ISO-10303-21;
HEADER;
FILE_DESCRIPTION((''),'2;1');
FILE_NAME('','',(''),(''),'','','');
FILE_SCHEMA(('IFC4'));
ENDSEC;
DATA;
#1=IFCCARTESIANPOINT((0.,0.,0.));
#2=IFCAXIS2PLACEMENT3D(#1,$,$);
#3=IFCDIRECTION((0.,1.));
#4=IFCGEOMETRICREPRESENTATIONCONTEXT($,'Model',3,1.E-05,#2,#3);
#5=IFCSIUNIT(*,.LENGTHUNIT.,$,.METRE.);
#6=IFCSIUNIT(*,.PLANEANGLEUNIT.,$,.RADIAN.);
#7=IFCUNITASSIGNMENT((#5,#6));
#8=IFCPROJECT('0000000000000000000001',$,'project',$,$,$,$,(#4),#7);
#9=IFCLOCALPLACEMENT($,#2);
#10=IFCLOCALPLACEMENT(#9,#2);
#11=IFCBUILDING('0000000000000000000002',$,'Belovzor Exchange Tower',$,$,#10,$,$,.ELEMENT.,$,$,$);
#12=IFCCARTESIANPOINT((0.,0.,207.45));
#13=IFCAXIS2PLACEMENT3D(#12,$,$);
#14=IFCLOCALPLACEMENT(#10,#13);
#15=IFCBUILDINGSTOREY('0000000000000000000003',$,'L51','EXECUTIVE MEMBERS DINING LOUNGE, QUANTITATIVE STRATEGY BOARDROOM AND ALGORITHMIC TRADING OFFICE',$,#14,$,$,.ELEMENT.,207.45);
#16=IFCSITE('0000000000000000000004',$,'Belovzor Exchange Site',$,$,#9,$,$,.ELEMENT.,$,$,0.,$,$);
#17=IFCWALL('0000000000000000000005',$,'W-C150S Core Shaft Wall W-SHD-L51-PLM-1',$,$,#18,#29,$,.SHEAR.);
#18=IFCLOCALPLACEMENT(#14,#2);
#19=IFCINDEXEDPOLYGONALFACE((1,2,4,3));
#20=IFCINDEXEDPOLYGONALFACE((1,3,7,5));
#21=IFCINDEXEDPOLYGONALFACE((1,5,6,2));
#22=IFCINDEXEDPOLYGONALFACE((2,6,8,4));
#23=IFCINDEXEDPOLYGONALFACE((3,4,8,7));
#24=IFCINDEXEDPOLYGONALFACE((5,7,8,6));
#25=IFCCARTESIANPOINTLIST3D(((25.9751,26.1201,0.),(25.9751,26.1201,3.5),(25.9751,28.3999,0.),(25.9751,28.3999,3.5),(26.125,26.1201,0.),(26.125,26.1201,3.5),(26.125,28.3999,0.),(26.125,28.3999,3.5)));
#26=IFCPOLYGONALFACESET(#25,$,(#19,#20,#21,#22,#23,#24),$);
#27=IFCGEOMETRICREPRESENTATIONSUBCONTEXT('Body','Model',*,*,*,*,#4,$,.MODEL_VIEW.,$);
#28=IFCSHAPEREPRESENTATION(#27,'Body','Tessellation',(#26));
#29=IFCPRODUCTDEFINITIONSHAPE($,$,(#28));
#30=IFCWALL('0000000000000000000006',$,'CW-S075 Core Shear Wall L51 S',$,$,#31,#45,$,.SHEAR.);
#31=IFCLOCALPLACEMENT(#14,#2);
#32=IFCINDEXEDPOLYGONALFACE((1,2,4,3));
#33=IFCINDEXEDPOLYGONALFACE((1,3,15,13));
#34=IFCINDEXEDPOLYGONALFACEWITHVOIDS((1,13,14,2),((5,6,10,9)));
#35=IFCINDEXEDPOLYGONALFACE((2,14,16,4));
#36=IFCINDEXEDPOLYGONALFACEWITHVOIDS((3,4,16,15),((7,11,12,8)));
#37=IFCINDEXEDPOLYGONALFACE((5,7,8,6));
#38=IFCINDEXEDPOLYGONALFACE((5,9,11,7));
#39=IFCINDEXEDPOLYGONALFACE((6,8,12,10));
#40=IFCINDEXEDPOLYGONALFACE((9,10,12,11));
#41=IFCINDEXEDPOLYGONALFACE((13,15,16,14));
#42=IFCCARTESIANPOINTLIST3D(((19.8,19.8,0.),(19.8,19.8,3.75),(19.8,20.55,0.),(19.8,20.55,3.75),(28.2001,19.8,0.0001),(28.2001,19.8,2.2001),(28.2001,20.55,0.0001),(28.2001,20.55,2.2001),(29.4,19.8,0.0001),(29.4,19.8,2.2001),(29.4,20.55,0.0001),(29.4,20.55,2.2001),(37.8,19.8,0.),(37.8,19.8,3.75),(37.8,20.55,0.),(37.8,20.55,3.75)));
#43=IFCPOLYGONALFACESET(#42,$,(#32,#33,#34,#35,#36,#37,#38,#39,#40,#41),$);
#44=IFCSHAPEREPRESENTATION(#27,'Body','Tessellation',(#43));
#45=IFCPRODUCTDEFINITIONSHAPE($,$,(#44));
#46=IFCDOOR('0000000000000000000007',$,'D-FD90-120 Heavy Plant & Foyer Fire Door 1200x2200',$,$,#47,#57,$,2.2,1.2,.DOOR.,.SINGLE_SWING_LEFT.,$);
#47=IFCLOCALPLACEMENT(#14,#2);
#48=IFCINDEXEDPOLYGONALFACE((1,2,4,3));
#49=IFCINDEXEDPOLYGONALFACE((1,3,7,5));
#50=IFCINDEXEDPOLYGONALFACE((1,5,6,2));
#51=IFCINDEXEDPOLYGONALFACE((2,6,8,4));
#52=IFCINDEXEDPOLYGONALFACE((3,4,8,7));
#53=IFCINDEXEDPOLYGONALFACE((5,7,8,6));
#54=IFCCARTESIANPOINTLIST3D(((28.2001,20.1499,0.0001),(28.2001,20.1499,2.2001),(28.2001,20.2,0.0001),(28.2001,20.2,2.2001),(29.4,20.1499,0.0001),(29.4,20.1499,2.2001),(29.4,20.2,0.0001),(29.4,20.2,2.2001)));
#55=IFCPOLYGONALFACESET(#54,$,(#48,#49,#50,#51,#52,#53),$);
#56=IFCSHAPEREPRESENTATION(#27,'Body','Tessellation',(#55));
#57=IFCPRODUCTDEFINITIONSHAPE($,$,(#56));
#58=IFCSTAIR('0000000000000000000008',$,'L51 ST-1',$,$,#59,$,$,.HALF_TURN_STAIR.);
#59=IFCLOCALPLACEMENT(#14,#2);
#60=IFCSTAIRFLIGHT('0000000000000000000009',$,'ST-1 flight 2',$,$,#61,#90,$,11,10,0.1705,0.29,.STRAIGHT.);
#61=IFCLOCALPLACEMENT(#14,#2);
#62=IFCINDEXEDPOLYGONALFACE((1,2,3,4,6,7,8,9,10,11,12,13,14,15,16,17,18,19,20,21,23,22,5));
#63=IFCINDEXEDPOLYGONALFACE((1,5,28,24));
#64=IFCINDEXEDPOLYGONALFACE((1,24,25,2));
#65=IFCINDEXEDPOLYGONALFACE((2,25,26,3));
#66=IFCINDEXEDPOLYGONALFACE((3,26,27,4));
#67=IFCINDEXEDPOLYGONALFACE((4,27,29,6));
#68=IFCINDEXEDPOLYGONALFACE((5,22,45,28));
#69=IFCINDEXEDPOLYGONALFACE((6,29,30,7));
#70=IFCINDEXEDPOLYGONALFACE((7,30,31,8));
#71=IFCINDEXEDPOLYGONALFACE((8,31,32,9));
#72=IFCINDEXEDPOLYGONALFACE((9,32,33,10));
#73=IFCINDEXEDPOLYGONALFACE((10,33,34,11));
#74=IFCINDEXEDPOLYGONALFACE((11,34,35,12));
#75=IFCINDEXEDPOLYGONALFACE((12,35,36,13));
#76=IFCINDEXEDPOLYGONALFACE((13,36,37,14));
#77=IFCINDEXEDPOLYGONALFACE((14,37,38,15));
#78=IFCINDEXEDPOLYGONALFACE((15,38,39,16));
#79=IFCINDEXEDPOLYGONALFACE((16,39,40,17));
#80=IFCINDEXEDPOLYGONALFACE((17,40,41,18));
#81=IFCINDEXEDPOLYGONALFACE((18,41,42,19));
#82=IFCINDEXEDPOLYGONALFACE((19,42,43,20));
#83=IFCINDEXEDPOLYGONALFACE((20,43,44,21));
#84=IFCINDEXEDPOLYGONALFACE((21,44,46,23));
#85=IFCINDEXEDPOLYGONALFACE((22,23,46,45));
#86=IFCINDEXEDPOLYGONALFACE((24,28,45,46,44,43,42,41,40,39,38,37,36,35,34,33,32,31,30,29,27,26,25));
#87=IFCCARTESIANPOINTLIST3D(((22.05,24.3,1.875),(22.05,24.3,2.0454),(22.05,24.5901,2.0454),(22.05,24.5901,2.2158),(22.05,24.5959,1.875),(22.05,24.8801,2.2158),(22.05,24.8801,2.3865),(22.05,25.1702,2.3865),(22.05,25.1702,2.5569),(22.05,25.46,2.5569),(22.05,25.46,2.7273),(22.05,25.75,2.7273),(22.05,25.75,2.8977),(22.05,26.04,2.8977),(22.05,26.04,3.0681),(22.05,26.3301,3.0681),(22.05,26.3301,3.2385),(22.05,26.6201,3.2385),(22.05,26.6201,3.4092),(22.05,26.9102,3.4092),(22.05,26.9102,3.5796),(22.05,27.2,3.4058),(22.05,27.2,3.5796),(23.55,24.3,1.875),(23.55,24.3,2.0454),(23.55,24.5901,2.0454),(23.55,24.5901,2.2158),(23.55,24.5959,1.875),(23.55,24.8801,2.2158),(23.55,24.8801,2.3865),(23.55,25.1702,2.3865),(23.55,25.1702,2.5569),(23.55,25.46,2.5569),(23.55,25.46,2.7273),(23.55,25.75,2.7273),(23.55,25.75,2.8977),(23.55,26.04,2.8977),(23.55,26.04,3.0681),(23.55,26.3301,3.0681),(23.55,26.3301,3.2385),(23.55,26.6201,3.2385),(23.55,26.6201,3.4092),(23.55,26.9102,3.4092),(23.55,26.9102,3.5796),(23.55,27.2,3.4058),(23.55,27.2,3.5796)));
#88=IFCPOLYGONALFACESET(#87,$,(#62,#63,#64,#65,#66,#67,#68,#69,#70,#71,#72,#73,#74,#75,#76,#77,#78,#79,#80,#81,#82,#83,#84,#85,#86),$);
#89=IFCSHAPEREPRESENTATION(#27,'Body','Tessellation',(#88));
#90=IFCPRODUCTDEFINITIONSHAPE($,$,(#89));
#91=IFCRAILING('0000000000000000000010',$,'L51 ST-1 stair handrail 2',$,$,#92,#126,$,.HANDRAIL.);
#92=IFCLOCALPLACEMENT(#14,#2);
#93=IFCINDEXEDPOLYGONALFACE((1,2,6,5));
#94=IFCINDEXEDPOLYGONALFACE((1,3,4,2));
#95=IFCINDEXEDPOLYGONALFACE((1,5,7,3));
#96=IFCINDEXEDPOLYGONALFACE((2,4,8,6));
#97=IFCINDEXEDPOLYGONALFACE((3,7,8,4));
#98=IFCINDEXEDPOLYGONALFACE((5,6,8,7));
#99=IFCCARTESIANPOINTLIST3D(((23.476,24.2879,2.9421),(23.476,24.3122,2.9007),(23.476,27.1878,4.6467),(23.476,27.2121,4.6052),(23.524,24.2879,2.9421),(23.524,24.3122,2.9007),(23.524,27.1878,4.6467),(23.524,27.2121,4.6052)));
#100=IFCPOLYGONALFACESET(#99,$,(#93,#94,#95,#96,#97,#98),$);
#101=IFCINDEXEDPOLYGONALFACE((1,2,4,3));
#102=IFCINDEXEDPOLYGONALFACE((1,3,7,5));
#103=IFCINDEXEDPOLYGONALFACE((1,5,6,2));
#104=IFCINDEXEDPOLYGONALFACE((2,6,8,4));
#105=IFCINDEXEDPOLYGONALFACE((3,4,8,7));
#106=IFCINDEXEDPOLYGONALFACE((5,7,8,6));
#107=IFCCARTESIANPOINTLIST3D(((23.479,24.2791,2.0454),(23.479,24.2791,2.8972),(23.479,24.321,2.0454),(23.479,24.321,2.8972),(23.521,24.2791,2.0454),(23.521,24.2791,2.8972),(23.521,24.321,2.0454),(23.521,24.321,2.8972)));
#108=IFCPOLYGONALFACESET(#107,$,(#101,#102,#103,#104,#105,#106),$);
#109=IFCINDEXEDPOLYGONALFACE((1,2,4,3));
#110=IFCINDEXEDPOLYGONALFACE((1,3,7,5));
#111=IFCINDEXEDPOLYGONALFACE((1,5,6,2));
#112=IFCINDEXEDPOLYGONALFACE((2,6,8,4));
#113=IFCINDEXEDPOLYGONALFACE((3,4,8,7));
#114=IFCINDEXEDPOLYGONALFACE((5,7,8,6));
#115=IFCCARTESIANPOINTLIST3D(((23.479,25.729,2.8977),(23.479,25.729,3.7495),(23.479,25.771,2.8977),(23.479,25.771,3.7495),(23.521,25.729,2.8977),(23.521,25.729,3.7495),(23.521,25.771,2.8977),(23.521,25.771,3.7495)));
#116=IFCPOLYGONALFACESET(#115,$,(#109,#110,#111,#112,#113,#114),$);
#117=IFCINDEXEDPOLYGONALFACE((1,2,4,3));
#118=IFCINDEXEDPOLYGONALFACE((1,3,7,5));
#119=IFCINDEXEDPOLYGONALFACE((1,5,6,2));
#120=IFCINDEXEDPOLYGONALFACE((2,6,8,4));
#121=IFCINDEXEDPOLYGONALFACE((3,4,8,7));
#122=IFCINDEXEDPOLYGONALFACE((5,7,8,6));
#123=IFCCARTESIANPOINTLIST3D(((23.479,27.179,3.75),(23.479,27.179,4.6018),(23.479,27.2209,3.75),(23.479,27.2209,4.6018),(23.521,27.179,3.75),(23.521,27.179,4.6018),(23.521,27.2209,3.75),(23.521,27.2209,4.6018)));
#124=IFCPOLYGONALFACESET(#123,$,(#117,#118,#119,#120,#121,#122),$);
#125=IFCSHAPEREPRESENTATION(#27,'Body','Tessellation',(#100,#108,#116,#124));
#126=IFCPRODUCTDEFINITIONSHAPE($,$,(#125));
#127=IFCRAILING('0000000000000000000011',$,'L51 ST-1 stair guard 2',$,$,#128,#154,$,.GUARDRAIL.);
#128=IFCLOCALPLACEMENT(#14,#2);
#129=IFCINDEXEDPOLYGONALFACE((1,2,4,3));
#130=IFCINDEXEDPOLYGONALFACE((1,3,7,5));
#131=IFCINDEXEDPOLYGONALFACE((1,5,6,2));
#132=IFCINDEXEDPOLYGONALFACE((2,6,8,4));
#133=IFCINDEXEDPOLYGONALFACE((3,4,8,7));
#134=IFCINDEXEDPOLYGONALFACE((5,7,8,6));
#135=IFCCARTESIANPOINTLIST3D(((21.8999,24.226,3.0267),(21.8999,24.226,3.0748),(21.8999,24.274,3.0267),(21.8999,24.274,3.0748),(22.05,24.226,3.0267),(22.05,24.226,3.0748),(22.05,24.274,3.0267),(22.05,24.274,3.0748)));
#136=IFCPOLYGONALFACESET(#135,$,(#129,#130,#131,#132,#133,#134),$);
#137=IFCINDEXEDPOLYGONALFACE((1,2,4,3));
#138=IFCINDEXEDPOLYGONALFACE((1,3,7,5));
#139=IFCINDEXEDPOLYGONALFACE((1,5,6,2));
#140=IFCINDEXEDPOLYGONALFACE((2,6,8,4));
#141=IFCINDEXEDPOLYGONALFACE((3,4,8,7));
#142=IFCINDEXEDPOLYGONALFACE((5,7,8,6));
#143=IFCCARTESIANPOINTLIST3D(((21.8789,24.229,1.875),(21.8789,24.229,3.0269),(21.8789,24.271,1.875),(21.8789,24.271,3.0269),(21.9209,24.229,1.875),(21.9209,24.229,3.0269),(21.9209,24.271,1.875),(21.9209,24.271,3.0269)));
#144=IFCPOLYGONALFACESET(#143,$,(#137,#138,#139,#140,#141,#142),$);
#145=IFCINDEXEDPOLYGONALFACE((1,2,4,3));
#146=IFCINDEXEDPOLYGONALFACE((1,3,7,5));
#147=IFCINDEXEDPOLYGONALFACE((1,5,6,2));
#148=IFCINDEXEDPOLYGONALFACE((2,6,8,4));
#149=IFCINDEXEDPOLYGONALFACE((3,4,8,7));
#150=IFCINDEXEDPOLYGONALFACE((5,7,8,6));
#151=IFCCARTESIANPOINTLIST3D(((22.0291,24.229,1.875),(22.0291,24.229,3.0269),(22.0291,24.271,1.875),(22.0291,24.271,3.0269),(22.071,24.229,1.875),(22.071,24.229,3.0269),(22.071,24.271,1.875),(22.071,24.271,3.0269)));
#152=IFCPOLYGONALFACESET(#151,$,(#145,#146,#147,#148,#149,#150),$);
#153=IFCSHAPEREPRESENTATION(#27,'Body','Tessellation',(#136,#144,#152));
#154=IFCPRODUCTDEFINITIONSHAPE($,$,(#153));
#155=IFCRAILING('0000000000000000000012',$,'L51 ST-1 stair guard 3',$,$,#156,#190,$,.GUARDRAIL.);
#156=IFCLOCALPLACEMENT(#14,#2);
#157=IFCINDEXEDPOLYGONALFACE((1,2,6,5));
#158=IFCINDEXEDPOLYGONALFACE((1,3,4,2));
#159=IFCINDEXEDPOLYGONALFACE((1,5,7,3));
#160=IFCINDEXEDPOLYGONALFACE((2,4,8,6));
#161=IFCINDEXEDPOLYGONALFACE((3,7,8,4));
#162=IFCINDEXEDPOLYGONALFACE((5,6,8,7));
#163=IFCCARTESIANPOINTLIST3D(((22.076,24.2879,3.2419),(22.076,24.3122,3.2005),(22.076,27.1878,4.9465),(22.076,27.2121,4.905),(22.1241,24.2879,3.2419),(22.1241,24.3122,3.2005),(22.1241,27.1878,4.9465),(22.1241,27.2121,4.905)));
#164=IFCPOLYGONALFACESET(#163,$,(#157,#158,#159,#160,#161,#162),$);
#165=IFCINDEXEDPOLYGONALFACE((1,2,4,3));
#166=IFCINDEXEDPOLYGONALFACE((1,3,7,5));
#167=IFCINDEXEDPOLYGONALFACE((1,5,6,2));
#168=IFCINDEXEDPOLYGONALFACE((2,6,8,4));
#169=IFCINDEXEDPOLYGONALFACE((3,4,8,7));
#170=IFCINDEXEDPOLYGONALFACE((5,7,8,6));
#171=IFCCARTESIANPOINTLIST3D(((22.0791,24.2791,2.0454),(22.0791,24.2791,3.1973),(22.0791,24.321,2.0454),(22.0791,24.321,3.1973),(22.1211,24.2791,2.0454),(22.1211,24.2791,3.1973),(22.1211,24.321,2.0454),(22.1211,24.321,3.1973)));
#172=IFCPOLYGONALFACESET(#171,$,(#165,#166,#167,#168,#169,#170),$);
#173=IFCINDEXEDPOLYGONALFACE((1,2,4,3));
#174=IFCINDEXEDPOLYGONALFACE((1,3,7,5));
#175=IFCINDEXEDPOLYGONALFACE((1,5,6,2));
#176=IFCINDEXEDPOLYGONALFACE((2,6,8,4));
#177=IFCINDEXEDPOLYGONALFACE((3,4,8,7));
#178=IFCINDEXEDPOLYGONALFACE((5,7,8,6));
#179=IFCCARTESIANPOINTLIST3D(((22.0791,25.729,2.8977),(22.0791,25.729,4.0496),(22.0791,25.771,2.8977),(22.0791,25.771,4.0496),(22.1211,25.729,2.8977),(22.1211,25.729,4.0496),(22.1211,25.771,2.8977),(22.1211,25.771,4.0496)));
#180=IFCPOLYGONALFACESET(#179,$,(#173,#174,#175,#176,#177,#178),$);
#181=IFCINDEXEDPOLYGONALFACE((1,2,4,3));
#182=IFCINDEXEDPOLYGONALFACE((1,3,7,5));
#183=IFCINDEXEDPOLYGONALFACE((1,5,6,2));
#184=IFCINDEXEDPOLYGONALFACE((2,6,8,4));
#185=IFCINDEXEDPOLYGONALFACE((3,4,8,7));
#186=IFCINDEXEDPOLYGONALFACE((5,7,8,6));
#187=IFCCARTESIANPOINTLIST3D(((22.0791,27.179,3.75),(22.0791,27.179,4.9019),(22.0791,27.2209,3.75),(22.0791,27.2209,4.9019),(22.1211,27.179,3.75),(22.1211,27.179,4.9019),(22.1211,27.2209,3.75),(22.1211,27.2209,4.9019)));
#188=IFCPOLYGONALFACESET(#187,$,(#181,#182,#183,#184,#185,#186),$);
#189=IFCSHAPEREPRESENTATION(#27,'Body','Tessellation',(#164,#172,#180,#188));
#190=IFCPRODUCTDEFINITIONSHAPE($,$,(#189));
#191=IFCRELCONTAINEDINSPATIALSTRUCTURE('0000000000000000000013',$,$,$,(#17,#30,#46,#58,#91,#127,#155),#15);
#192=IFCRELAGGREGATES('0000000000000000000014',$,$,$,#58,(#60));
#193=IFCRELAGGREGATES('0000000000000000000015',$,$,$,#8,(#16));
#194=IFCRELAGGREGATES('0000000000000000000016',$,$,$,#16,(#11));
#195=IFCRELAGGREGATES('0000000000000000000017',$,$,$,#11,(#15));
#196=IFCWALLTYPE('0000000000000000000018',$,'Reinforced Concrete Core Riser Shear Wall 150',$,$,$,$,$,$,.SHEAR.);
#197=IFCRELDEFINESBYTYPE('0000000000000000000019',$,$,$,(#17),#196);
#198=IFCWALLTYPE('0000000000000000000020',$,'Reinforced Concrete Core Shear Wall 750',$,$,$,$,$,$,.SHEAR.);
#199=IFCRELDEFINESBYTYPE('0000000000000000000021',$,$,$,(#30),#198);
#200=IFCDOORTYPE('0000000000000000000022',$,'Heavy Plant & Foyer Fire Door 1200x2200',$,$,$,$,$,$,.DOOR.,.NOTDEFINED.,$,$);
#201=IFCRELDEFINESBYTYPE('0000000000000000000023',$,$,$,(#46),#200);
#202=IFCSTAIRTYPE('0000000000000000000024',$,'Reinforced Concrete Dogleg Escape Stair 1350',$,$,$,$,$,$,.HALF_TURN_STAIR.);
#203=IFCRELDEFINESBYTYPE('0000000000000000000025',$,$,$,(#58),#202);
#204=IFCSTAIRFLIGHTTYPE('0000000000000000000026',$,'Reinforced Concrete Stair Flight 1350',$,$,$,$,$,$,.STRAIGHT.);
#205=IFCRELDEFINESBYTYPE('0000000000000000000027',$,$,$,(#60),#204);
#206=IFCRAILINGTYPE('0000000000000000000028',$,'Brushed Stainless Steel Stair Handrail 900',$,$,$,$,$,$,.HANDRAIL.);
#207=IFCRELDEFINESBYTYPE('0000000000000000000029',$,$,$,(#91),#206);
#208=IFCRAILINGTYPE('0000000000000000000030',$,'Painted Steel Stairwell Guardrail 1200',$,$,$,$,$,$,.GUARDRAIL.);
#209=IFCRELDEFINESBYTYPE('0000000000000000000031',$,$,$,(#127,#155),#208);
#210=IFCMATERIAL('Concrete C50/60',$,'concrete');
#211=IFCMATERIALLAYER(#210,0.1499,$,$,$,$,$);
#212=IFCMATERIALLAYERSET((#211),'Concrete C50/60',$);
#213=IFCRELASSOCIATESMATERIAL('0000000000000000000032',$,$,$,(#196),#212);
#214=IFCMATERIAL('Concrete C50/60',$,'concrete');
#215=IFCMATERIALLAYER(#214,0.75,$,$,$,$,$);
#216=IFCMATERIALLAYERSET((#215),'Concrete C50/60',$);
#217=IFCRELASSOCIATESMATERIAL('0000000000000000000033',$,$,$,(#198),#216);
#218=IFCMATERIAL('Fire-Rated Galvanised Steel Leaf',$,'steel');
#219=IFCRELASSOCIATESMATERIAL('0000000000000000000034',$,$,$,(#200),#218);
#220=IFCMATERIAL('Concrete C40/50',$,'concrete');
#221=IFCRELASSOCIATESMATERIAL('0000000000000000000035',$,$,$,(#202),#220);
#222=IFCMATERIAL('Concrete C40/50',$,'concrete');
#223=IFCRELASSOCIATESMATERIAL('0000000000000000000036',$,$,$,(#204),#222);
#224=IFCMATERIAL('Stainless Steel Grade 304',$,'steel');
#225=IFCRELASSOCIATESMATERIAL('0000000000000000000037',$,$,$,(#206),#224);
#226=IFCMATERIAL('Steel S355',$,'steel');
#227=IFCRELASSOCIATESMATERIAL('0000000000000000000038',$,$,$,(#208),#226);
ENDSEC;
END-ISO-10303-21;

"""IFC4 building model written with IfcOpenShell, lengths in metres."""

from ifc_helpers import new_model, si_unit, direction, frame, frame_2d, origin, origin_2d, place, context, subcontext, project, spatial, polyline, rectangle, outline, extrude, material, layer, layer_set, type_object, element, fill, aggregate, save


model = new_model("IFC4")

# Units and contexts
model_context = context("Model", 3, precision=1e-05, world=origin(), true_north=direction((0.0, 1.0)))
body_context = subcontext(model_context, "Body", "Model", "MODEL_VIEW")
ifc_project = project(units=[si_unit("LENGTHUNIT", "METRE"), si_unit("PLANEANGLEUNIT", "RADIAN")], contexts=[model_context])

# Site, building, storey
site_placement = place(None, origin())
site = spatial("IfcSite", under=ifc_project, at=site_placement, Name="Belovzor Exchange Site", CompositionType="ELEMENT", RefElevation=0.0)
building_placement = place(site_placement, origin())
building = spatial("IfcBuilding", under=site, at=building_placement, Name="Belovzor Exchange Tower", CompositionType="ELEMENT")
storey_placement = place(building_placement, frame((0.0, 0.0, 207.45)))
storey = spatial("IfcBuildingStorey", under=building, at=storey_placement, Name="L51", Description="EXECUTIVE MEMBERS DINING LOUNGE, QUANTITATIVE STRATEGY BOARDROOM AND ALGORITHMIC TRADING OFFICE", CompositionType="ELEMENT", Elevation=207.45)

# Wall
ifc_material_1 = material(Name="Concrete C50/60", Category="concrete")
ifc_layer_1 = layer(ifc_material_1, 0.1499)
ifc_layer_set_1 = layer_set([ifc_layer_1], Name="Concrete C50/60")
wall_type_1 = type_object("IfcWallType", Name="Reinforced Concrete Core Riser Shear Wall 150", PredefinedType="SHEAR", material=ifc_layer_set_1)
wall_1_placement = place(storey_placement, frame((26.05, 26.1201, 0.0), z_axis=(0.0, 0.0, 1.0), x_axis=(0.0, 1.0, 0.0)))
element("IfcWall", 1, at=wall_1_placement, inside=storey, type_object=wall_type_1, Name="W-C150S Core Shaft Wall W-SHD-L51-PLM-1", PredefinedType="SHEAR", context=body_context, shape_type="SweptSolid", body=[
    extrude(rectangle(XDim=2.2798, YDim=0.1499, at=frame_2d((1.1399, 0.0))), origin(), (0.0, 0.0, 1.0), 3.5),
])

# Wall, opening, door
ifc_material_2 = material(Name="Concrete C50/60", Category="concrete")
ifc_layer_2 = layer(ifc_material_2, 0.75)
ifc_layer_set_2 = layer_set([ifc_layer_2], Name="Concrete C50/60")
wall_type_2 = type_object("IfcWallType", Name="Reinforced Concrete Core Shear Wall 750", PredefinedType="SHEAR", material=ifc_layer_set_2)
wall_2_placement = place(storey_placement, frame((19.8, 20.175, 0.0), z_axis=(0.0, 0.0, 1.0), x_axis=(1.0, 0.0, 0.0)))
wall_2 = element("IfcWall", 2, at=wall_2_placement, inside=storey, type_object=wall_type_2, Name="CW-S075 Core Shear Wall L51 S", PredefinedType="SHEAR", context=body_context, shape_type="SweptSolid", body=[
    extrude(rectangle(XDim=18.0, YDim=0.75, at=frame_2d((9.0, 0.0))), origin(), (0.0, 0.0, 1.0), 3.75),
])
opening_1_placement = place(wall_2_placement, frame((8.3999, 0.0, 0.0)))
opening_1 = element("IfcOpeningElement", 3, at=opening_1_placement, cuts=wall_2, PredefinedType="OPENING", context=body_context, shape_type="SweptSolid", body=[
    extrude(rectangle(XDim=1.2, YDim=2.2, at=frame_2d((0.6001, 1.1001))), frame((0.0, 0.385, 0.0), z_axis=(0.0, -1.0, 0.0), x_axis=(1.0, 0.0, 0.0)), (0.0, 0.0, 1.0), 0.77),
])
ifc_material_3 = material(Name="Fire-Rated Galvanised Steel Leaf", Category="steel")
door_type_1 = type_object("IfcDoorType", Name="Heavy Plant & Foyer Fire Door 1200x2200", OperationType="NOTDEFINED", PredefinedType="DOOR", material=ifc_material_3)
door_1_placement = place(opening_1_placement, origin())
door_1 = element("IfcDoor", 4, at=door_1_placement, inside=storey, type_object=door_type_1, Name="D-FD90-120 Heavy Plant & Foyer Fire Door 1200x2200", OperationType="SINGLE_SWING_LEFT", OverallHeight=2.2, OverallWidth=1.2, PredefinedType="DOOR", context=body_context, shape_type="SweptSolid", body=[
    extrude(rectangle(XDim=1.2, YDim=2.2, at=frame_2d((0.6001, 1.1001))), frame((0.0, 0.0249, 0.0), z_axis=(0.0, -1.0, 0.0), x_axis=(1.0, 0.0, 0.0)), (0.0, 0.0, 1.0), 0.05),
])
fill(opening_1, door_1)

# Stair, stair flight
ifc_material_4 = material(Name="Concrete C40/50", Category="concrete")
stair_type = type_object("IfcStairType", Name="Reinforced Concrete Dogleg Escape Stair 1350", PredefinedType="HALF_TURN_STAIR", material=ifc_material_4)
stair_placement = place(storey_placement, origin())
stair = element("IfcStair", 5, at=stair_placement, inside=storey, type_object=stair_type, Name="L51 ST-1", PredefinedType="HALF_TURN_STAIR")
ifc_material_5 = material(Name="Concrete C40/50", Category="concrete")
stair_flight_type = type_object("IfcStairFlightType", Name="Reinforced Concrete Stair Flight 1350", PredefinedType="STRAIGHT", material=ifc_material_5)
stair_flight_placement = place(storey_placement, frame((22.8, 24.3, 1.875), z_axis=(0.0, 0.0, 1.0), x_axis=(0.0, 1.0, 0.0)))
stair_flight = element("IfcStairFlight", 6, at=stair_flight_placement, type_object=stair_flight_type, Name="ST-1 flight 2", NumberOfRisers=11, NumberOfTreads=10, PredefinedType="STRAIGHT", RiserHeight=0.1705, TreadLength=0.29, context=body_context, shape_type="SweptSolid", body=[
    extrude(outline(polyline([(0.0, 0.0), (0.0, 0.1704), (0.29, 0.1704), (0.29, 0.3408), (0.5801, 0.3408), (0.5801, 0.5115), (0.8701, 0.5115), (0.8701, 0.6819), (1.1599, 0.6819), (1.1599, 0.8523), (1.45, 0.8523), (1.45, 1.0227), (1.74, 1.0227), (1.74, 1.1931), (2.03, 1.1931), (2.03, 1.3635), (2.3201, 1.3635), (2.3201, 1.5342), (2.6101, 1.5342), (2.6101, 1.7046), (2.8999, 1.7046), (2.8999, 1.875), (2.8999, 1.5308), (0.2959, 0.0), (0.0, 0.0)])), frame((0.0, 0.75, 0.0), z_axis=(0.0, -1.0, 0.0), x_axis=(1.0, 0.0, 0.0)), (0.0, 0.0, 1.0), 1.5),
])
aggregate(stair, [stair_flight])

# Railings
ifc_material_6 = material(Name="Stainless Steel Grade 304", Category="steel")
railing_type_1 = type_object("IfcRailingType", Name="Brushed Stainless Steel Stair Handrail 900", PredefinedType="HANDRAIL", material=ifc_material_6)
railing_1_placement = place(storey_placement, frame((23.5, 24.3, 2.0454)))
element("IfcRailing", 7, at=railing_1_placement, inside=storey, type_object=railing_type_1, Name="L51 ST-1 stair handrail 2", PredefinedType="HANDRAIL", context=body_context, shape_type="SweptSolid", body=[
    extrude(rectangle(XDim=0.0481, YDim=0.0481, at=origin_2d()), frame((0.0, 0.0, 0.876), z_axis=(0.0, 0.862095, 0.506747), x_axis=(-1.0, 0.0, 0.0)), (0.0, 0.0, 1.0), 3.3638),
    extrude(rectangle(XDim=0.042, YDim=0.042, at=origin_2d()), origin(), (0.0, 0.0, 1.0), 0.8518),
    extrude(rectangle(XDim=0.042, YDim=0.042, at=origin_2d()), frame((0.0, 1.45, 0.8523)), (0.0, 0.0, 1.0), 0.8518),
    extrude(rectangle(XDim=0.042, YDim=0.042, at=origin_2d()), frame((0.0, 2.8999, 1.7046)), (0.0, 0.0, 1.0), 0.8518),
])
ifc_material_7 = material(Name="Steel S355", Category="steel")
railing_type_2 = type_object("IfcRailingType", Name="Painted Steel Stairwell Guardrail 1200", PredefinedType="GUARDRAIL", material=ifc_material_7)
railing_2_placement = place(storey_placement, frame((21.8999, 24.25, 1.875)))
element("IfcRailing", 8, at=railing_2_placement, inside=storey, type_object=railing_type_2, Name="L51 ST-1 stair guard 2", PredefinedType="GUARDRAIL", context=body_context, shape_type="SweptSolid", body=[
    extrude(rectangle(XDim=0.0481, YDim=0.0481, at=origin_2d()), frame((0.0, 0.0, 1.1758), z_axis=(1.0, 0.0, 0.0), x_axis=(0.0, 1.0, 0.0)), (0.0, 0.0, 1.0), 0.1501),
    extrude(rectangle(XDim=0.042, YDim=0.042, at=origin_2d()), origin(), (0.0, 0.0, 1.0), 1.1519),
    extrude(rectangle(XDim=0.042, YDim=0.042, at=origin_2d()), frame((0.1501, 0.0, 0.0)), (0.0, 0.0, 1.0), 1.1519),
])
railing_3_placement = place(storey_placement, frame((22.1001, 24.3, 2.0454)))
element("IfcRailing", 9, at=railing_3_placement, inside=storey, type_object=railing_type_2, Name="L51 ST-1 stair guard 3", PredefinedType="GUARDRAIL", context=body_context, shape_type="SweptSolid", body=[
    extrude(rectangle(XDim=0.0481, YDim=0.0481, at=origin_2d()), frame((0.0, 0.0, 1.1758), z_axis=(0.0, 0.862095, 0.506747), x_axis=(-1.0, 0.0, 0.0)), (0.0, 0.0, 1.0), 3.3638),
    extrude(rectangle(XDim=0.042, YDim=0.042, at=origin_2d()), origin(), (0.0, 0.0, 1.0), 1.1519),
    extrude(rectangle(XDim=0.042, YDim=0.042, at=origin_2d()), frame((0.0, 1.45, 0.8523)), (0.0, 0.0, 1.0), 1.1519),
    extrude(rectangle(XDim=0.042, YDim=0.042, at=origin_2d()), frame((0.0, 2.8999, 1.7046)), (0.0, 0.0, 1.0), 1.1519),
])

save(model, "model.ifc")
